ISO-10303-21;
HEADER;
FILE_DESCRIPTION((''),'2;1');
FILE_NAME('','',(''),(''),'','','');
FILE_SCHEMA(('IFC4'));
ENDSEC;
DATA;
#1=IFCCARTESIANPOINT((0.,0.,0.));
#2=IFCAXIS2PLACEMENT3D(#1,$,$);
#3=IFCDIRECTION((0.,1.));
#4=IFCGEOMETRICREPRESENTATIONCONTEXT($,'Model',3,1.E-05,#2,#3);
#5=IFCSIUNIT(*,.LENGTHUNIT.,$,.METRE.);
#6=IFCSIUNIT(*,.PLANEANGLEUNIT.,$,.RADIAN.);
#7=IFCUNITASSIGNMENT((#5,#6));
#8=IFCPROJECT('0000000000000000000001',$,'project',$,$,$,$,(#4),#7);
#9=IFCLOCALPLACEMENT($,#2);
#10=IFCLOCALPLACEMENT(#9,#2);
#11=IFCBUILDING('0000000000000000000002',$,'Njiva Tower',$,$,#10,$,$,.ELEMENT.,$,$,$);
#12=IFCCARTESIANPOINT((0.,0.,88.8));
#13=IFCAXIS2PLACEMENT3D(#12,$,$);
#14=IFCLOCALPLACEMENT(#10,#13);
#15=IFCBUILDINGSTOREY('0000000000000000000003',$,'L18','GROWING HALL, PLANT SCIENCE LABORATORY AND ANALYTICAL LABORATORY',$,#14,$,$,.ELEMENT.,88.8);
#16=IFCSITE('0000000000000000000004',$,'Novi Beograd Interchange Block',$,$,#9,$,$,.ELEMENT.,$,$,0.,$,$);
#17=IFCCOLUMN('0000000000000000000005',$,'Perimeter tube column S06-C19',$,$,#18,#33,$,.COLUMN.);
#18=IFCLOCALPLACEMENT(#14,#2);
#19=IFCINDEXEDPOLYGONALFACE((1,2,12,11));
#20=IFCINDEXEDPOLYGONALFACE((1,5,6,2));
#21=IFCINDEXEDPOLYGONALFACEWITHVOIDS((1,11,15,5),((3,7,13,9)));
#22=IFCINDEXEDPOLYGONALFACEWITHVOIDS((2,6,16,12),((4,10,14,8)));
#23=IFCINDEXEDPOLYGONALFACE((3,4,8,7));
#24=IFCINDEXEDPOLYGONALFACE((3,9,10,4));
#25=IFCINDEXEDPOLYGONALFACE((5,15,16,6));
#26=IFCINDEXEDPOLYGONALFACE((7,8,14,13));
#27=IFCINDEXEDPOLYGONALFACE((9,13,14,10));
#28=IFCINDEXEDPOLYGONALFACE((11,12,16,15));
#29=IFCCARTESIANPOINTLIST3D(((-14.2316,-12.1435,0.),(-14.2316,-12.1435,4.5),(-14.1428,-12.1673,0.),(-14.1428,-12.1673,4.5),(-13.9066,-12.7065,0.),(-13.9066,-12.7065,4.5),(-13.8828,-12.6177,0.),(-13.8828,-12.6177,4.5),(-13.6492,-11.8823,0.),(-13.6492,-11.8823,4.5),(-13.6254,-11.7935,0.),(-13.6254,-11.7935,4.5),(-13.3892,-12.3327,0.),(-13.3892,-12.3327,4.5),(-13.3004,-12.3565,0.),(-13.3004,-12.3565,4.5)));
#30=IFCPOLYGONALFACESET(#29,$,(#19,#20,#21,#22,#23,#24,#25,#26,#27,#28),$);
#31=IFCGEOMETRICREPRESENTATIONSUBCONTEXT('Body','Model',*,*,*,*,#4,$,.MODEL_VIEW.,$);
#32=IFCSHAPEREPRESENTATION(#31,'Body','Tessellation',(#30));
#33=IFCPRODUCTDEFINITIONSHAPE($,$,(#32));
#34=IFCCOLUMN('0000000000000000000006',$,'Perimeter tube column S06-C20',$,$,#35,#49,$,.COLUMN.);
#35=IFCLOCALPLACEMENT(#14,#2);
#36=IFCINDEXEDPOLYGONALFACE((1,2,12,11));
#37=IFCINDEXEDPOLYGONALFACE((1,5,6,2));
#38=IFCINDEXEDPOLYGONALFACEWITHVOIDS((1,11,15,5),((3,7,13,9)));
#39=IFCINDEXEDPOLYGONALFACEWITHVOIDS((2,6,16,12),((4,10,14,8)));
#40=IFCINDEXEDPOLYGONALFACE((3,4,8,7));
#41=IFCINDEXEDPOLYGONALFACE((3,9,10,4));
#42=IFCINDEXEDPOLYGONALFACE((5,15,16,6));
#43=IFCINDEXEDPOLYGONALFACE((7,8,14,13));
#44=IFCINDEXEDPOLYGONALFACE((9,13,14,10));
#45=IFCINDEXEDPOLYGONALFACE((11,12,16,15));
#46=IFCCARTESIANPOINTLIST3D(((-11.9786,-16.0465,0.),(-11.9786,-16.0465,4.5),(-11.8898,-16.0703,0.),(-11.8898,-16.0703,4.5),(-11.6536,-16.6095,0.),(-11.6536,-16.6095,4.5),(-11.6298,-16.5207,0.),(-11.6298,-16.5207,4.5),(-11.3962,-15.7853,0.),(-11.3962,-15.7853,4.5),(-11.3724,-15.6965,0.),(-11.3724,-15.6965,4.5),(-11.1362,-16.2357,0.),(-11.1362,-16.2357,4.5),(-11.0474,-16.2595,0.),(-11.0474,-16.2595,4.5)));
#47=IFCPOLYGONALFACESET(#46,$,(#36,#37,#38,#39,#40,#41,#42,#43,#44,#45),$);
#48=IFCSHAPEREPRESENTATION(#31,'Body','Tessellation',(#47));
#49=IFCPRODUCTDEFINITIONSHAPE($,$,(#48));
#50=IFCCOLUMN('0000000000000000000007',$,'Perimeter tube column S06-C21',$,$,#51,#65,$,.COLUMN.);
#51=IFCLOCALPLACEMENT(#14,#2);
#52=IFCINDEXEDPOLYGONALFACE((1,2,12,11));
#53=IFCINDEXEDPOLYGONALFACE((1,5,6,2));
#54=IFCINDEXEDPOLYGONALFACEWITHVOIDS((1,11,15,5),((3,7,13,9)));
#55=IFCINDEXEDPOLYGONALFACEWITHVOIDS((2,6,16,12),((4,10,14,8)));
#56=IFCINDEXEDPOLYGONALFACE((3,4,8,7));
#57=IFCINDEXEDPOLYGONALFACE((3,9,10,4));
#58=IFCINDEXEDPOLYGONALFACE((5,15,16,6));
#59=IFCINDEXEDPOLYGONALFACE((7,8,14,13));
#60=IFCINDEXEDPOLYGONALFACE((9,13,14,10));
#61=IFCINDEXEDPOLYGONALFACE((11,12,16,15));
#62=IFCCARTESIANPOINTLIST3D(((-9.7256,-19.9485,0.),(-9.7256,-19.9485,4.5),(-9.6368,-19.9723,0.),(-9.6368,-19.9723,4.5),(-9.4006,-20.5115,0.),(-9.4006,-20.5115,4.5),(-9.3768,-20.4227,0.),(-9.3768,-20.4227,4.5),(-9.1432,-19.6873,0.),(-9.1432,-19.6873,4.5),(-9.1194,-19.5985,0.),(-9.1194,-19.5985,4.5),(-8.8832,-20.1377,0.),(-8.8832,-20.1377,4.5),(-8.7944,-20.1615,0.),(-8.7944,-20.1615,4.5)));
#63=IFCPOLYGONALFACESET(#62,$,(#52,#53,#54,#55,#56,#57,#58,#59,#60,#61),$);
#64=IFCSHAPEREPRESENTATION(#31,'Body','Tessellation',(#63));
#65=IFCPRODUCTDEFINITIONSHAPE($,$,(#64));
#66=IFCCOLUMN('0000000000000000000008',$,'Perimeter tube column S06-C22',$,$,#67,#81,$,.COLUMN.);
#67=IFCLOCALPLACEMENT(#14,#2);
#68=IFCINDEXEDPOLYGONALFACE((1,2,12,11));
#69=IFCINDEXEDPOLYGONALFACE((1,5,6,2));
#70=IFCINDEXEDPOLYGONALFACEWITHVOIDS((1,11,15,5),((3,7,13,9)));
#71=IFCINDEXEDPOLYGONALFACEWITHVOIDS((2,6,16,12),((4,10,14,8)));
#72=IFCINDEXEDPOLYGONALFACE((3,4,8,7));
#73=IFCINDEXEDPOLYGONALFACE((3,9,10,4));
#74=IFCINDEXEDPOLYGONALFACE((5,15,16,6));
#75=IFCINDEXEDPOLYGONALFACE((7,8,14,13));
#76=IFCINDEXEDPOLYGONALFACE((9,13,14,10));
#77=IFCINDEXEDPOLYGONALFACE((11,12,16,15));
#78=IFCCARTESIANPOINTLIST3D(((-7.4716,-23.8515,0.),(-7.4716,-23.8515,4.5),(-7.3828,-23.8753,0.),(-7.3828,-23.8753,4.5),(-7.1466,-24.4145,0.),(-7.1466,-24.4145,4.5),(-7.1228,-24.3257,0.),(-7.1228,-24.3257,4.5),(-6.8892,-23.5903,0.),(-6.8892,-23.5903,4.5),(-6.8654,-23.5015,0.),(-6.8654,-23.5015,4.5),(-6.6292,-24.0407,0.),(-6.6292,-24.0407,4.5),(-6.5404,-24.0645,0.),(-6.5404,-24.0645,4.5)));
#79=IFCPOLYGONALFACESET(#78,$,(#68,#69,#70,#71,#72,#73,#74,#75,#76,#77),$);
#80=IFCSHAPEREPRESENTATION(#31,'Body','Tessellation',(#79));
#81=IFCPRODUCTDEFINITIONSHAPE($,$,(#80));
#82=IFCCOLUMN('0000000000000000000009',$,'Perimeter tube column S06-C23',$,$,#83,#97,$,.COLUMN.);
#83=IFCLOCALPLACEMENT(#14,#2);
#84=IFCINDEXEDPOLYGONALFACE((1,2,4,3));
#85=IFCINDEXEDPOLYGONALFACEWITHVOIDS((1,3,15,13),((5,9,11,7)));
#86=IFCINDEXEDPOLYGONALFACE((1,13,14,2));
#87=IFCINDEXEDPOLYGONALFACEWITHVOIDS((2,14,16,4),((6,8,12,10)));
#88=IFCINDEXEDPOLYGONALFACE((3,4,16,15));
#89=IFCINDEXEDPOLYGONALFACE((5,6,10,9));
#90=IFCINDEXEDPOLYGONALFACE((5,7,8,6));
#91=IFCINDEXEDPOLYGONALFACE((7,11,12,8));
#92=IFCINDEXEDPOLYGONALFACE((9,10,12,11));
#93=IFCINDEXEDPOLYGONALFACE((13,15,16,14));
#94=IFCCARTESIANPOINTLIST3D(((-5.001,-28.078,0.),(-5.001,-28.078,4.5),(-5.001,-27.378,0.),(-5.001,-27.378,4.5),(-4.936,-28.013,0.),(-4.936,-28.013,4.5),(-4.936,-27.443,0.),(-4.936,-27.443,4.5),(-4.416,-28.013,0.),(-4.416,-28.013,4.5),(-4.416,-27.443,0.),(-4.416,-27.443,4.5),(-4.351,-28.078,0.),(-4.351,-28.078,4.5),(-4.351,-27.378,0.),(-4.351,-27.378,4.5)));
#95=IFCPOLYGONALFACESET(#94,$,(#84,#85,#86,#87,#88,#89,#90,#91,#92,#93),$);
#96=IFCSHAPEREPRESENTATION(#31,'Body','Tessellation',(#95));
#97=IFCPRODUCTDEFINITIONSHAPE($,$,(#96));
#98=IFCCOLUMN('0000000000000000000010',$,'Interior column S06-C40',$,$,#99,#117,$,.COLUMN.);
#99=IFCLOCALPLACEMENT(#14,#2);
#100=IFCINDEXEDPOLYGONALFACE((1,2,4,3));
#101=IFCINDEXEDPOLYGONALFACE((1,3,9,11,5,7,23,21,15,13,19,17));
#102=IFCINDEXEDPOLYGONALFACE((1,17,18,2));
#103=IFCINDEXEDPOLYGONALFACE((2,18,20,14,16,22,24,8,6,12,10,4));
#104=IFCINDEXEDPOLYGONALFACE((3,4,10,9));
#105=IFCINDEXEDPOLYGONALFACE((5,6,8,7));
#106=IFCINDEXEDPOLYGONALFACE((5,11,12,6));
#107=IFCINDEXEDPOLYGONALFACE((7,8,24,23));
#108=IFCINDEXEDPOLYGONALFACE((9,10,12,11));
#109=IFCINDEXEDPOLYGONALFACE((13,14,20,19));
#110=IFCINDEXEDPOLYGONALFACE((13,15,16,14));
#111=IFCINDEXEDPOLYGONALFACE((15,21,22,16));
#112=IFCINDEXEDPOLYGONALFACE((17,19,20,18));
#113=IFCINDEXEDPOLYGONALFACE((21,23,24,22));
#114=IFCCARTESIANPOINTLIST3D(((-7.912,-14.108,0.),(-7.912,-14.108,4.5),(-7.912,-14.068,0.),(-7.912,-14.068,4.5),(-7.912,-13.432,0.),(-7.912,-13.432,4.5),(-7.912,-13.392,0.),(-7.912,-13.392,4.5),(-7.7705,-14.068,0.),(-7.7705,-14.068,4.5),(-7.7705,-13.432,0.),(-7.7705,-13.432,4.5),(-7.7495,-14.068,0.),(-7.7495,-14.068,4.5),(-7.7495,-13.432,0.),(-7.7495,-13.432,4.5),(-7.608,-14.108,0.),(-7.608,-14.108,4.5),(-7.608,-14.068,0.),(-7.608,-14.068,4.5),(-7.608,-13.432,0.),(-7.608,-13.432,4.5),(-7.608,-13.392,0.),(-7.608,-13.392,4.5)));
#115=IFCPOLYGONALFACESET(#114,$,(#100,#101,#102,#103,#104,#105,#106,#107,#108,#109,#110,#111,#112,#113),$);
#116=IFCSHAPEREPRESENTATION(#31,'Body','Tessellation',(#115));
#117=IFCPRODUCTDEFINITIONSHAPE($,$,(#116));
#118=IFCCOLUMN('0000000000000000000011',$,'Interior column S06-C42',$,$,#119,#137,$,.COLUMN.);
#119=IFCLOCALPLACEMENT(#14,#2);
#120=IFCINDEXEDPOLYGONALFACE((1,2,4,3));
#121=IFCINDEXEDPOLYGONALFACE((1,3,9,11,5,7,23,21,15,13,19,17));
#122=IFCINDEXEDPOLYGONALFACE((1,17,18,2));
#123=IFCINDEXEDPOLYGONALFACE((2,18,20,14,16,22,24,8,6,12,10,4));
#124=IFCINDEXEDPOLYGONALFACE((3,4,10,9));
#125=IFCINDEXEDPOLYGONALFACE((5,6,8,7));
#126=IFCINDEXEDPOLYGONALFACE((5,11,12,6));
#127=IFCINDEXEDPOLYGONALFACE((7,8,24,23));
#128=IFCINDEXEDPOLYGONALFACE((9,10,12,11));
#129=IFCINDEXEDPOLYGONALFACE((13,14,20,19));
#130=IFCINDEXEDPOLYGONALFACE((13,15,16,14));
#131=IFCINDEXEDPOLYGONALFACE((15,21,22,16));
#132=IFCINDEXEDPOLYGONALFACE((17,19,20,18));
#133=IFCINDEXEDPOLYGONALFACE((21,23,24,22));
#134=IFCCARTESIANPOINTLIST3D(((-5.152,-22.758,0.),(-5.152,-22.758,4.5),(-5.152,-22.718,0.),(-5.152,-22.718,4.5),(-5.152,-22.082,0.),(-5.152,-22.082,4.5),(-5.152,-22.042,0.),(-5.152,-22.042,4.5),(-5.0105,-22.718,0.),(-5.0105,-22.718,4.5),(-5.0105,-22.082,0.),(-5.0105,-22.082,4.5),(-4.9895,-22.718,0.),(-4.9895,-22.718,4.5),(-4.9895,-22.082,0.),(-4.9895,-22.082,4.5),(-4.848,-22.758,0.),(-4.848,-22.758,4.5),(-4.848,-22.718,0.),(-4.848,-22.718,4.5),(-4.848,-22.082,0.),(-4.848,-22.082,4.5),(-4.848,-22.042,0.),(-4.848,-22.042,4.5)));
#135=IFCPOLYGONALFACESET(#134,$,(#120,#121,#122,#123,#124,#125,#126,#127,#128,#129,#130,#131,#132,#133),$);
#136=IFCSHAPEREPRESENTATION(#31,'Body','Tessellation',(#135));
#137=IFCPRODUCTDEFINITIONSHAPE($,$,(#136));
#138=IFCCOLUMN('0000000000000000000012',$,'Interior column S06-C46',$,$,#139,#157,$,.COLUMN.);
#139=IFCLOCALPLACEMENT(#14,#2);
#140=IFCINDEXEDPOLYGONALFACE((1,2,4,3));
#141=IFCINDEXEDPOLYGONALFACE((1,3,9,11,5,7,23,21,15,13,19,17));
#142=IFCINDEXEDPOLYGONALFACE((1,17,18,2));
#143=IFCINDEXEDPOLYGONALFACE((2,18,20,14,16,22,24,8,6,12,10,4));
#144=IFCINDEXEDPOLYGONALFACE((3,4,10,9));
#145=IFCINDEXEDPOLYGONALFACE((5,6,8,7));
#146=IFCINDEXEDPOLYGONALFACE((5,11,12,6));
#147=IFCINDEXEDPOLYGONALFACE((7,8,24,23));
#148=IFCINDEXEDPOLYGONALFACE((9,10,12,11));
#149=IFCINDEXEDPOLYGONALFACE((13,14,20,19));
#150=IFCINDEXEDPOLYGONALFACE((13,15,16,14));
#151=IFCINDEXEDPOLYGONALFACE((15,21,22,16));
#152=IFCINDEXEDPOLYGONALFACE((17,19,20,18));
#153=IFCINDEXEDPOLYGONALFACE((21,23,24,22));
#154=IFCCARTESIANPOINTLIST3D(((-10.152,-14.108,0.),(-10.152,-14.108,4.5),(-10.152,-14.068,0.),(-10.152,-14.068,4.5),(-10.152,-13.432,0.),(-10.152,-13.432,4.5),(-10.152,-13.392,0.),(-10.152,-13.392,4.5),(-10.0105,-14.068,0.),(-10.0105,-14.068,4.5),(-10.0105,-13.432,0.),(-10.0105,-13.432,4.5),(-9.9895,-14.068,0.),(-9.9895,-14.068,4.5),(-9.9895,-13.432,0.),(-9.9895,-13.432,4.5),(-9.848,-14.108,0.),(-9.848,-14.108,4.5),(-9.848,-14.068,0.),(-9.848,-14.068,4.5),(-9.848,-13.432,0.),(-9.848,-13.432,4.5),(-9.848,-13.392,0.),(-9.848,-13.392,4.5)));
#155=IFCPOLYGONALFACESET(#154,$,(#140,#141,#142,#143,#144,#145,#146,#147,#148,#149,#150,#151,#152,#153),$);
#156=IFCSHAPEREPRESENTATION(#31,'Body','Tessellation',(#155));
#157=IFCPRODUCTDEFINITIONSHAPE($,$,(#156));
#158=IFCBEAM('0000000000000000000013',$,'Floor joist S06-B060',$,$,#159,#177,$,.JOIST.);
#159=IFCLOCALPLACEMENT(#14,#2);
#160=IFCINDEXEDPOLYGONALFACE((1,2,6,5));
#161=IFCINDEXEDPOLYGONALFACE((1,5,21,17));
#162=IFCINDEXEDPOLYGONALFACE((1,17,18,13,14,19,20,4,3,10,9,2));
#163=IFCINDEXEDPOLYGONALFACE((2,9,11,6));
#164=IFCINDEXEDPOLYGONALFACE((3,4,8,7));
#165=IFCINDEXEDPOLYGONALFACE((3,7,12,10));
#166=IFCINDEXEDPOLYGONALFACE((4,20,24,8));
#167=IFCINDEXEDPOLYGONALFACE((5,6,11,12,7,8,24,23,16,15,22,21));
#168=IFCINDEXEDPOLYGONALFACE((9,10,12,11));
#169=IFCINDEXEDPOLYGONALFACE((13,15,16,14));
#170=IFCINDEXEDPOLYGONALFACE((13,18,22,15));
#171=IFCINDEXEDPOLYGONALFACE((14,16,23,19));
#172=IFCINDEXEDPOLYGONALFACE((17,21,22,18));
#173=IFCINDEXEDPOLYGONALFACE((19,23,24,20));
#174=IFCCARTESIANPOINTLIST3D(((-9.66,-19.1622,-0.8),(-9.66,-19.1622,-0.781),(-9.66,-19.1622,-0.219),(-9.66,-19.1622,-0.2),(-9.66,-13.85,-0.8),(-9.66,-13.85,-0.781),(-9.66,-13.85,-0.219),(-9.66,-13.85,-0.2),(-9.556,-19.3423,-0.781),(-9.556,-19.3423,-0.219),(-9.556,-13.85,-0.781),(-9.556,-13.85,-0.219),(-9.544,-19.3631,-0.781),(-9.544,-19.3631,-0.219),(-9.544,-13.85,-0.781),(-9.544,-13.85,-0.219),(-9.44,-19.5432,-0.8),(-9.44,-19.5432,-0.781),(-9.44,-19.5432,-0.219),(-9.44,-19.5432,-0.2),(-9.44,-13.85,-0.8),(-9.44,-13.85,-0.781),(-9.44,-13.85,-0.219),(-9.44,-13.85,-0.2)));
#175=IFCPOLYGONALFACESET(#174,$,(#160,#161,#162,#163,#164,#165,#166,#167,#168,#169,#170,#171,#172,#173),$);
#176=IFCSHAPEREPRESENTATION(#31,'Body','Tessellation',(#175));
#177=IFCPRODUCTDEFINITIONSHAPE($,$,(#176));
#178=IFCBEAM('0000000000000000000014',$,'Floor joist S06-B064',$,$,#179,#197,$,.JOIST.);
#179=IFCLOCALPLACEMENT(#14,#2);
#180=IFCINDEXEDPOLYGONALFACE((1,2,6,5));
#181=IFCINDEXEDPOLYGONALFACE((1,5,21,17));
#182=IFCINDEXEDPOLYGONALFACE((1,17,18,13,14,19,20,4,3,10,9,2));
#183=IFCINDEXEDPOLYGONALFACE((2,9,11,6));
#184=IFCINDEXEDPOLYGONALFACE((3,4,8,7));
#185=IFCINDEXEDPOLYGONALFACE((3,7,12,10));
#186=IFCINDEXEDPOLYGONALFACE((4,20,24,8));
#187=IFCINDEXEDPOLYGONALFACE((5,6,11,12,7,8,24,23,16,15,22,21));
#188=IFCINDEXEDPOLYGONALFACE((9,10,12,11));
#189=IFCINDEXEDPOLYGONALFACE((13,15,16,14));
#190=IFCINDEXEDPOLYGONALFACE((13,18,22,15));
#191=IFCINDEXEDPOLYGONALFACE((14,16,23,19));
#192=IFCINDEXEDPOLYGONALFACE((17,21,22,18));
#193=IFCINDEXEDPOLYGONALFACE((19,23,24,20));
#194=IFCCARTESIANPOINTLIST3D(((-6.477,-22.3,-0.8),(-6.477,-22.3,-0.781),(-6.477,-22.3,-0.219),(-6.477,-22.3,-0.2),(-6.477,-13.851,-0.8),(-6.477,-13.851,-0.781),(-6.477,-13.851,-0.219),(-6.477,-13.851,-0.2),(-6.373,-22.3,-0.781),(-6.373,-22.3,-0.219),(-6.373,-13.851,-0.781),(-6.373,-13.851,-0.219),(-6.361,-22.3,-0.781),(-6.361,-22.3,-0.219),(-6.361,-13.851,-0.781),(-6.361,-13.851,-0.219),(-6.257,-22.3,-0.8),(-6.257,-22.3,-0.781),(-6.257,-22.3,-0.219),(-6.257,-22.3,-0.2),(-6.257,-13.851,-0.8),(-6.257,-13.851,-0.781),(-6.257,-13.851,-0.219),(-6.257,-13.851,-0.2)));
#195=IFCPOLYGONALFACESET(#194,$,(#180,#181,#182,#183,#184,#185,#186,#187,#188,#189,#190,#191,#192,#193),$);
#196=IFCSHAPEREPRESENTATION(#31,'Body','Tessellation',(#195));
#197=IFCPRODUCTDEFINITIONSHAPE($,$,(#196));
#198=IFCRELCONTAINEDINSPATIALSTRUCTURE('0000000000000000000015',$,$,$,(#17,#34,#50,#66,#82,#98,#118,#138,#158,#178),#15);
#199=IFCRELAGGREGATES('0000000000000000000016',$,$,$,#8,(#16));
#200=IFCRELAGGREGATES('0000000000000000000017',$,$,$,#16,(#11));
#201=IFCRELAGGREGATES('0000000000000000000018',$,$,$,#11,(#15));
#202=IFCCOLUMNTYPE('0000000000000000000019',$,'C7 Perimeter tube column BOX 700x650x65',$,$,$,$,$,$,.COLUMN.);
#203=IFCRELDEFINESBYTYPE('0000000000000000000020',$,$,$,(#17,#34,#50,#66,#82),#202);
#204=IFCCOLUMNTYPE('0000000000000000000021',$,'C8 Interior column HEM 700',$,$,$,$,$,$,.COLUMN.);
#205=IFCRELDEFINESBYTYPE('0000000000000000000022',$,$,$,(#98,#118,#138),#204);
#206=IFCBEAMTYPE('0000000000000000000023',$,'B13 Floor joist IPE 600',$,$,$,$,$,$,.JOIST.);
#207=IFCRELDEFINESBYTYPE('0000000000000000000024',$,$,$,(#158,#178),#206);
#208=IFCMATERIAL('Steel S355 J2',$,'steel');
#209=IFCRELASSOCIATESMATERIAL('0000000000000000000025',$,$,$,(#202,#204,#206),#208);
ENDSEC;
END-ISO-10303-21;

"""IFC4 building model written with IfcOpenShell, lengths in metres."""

from ifc_helpers import new_model, si_unit, direction, frame, origin, origin_2d, place, context, subcontext, project, spatial, hollow_rectangle, i_section, extrude, clip, halfspace, material, material_profile, profile_set, type_object, element, save


model = new_model("IFC4")

# Units and contexts
model_context = context("Model", 3, precision=1e-05, world=origin(), true_north=direction((0.0, 1.0)))
body_context = subcontext(model_context, "Body", "Model", "MODEL_VIEW")
ifc_project = project(units=[si_unit("LENGTHUNIT", "METRE"), si_unit("PLANEANGLEUNIT", "RADIAN")], contexts=[model_context])

# Site, building, storey
site_placement = place(None, origin())
site = spatial("IfcSite", under=ifc_project, at=site_placement, Name="Novi Beograd Interchange Block", CompositionType="ELEMENT", RefElevation=0.0)
building_placement = place(site_placement, origin())
building = spatial("IfcBuilding", under=site, at=building_placement, Name="Njiva Tower", CompositionType="ELEMENT")
storey_placement = place(building_placement, frame((0.0, 0.0, 88.8)))
storey = spatial("IfcBuildingStorey", under=building, at=storey_placement, Name="L18", Description="GROWING HALL, PLANT SCIENCE LABORATORY AND ANALYTICAL LABORATORY", CompositionType="ELEMENT", Elevation=88.8)

# Columns
ifc_material_1 = material(Name="Steel S355 J2", Category="steel")
ifc_material_profile_1 = material_profile(ifc_material_1, hollow_rectangle(XDim=0.65, YDim=0.7, WallThickness=0.065, at=origin_2d()), Name="BOX 700x650x65")
ifc_profile_set_1 = profile_set([ifc_material_profile_1], Name="Steel S355 J2")
column_type_1 = type_object("IfcColumnType", Name="C7 Perimeter tube column BOX 700x650x65", PredefinedType="COLUMN", material=ifc_profile_set_1)
for number, where, z_axis, x_axis, name in (
    (1, (-13.766, -12.25, 0.0), (0.0, 0.0, 1.0), (0.5, -0.866025, 0.0), "Perimeter tube column S06-C19"),
    (2, (-11.513, -16.153, 0.0), (0.0, 0.0, 1.0), (0.5, -0.866025, 0.0), "Perimeter tube column S06-C20"),
    (3, (-9.26, -20.055, 0.0), (0.0, 0.0, 1.0), (0.5, -0.866025, 0.0), "Perimeter tube column S06-C21"),
    (4, (-7.006, -23.958, 0.0), (0.0, 0.0, 1.0), (0.5, -0.866025, 0.0), "Perimeter tube column S06-C22"),
    (5, (-4.676, -27.728, 0.0), (0.0, 0.0, 1.0), (1.0, 0.0, 0.0), "Perimeter tube column S06-C23"),
):
    element("IfcColumn", number, at=place(storey_placement, frame(where, z_axis=z_axis, x_axis=x_axis)), inside=storey, type_object=column_type_1, Name=name, PredefinedType="COLUMN", context=body_context, shape_type="SweptSolid", body=[
        extrude(hollow_rectangle(XDim=0.65, YDim=0.7, WallThickness=0.065, at=origin_2d()), origin(), (0.0, 0.0, 1.0), 4.5),
    ])
ifc_material_profile_2 = material_profile(ifc_material_1, i_section(OverallWidth=0.304, OverallDepth=0.716, WebThickness=0.021, FlangeThickness=0.04, at=origin_2d()), Name="HEM 700")
ifc_profile_set_2 = profile_set([ifc_material_profile_2], Name="Steel S355 J2")
column_type_2 = type_object("IfcColumnType", Name="C8 Interior column HEM 700", PredefinedType="COLUMN", material=ifc_profile_set_2)
for number, where, z_axis, x_axis, name in (
    (6, (-7.76, -13.75, 0.0), (0.0, 0.0, 1.0), (1.0, 0.0, 0.0), "Interior column S06-C40"),
    (7, (-5.0, -22.4, 0.0), (0.0, 0.0, 1.0), (1.0, 0.0, 0.0), "Interior column S06-C42"),
    (8, (-10.0, -13.75, 0.0), (0.0, 0.0, 1.0), (1.0, 0.0, 0.0), "Interior column S06-C46"),
):
    element("IfcColumn", number, at=place(storey_placement, frame(where, z_axis=z_axis, x_axis=x_axis)), inside=storey, type_object=column_type_2, Name=name, PredefinedType="COLUMN", context=body_context, shape_type="SweptSolid", body=[
        extrude(i_section(OverallWidth=0.304, OverallDepth=0.716, WebThickness=0.021, FlangeThickness=0.04, at=origin_2d()), origin(), (0.0, 0.0, 1.0), 4.5),
    ])

# Beams
ifc_material_profile_3 = material_profile(ifc_material_1, i_section(OverallWidth=0.22, OverallDepth=0.6, WebThickness=0.012, FlangeThickness=0.019, at=origin_2d()), Name="IPE 600")
ifc_profile_set_3 = profile_set([ifc_material_profile_3], Name="Steel S355 J2")
beam_type_1 = type_object("IfcBeamType", Name="B13 Floor joist IPE 600", PredefinedType="JOIST", material=ifc_profile_set_3)
beam_1_placement = place(storey_placement, frame((-9.55, -13.85, -0.5), z_axis=(0.0, -1.0, 0.0), x_axis=(1.0, 0.0, 0.0)))
element("IfcBeam", 9, at=beam_1_placement, inside=storey, type_object=beam_type_1, Name="Floor joist S06-B060", PredefinedType="JOIST", context=body_context, shape_type="Clipping", body=[
    clip(extrude(i_section(OverallWidth=0.22, OverallDepth=0.6, WebThickness=0.012, FlangeThickness=0.019, at=origin_2d()), origin(), (0.0, 0.0, 1.0), 5.714), halfspace(frame((-0.0433, 0.0, 5.4277), z_axis=(-0.866027, 0.0, 0.499998), x_axis=(0.0, 1.0, 0.0)), False)),
])
for number, where, z_axis, x_axis, name in (
    (10, (-6.367, -13.851, -0.5), (0.0, -1.0, 0.0), (1.0, 0.0, 0.0), "Floor joist S06-B064"),
):
    element("IfcBeam", number, at=place(storey_placement, frame(where, z_axis=z_axis, x_axis=x_axis)), inside=storey, type_object=beam_type_1, Name=name, PredefinedType="JOIST", context=body_context, shape_type="SweptSolid", body=[
        extrude(i_section(OverallWidth=0.22, OverallDepth=0.6, WebThickness=0.012, FlangeThickness=0.019, at=origin_2d()), origin(), (0.0, 0.0, 1.0), 8.449),
    ])

save(model, "model.ifc")
